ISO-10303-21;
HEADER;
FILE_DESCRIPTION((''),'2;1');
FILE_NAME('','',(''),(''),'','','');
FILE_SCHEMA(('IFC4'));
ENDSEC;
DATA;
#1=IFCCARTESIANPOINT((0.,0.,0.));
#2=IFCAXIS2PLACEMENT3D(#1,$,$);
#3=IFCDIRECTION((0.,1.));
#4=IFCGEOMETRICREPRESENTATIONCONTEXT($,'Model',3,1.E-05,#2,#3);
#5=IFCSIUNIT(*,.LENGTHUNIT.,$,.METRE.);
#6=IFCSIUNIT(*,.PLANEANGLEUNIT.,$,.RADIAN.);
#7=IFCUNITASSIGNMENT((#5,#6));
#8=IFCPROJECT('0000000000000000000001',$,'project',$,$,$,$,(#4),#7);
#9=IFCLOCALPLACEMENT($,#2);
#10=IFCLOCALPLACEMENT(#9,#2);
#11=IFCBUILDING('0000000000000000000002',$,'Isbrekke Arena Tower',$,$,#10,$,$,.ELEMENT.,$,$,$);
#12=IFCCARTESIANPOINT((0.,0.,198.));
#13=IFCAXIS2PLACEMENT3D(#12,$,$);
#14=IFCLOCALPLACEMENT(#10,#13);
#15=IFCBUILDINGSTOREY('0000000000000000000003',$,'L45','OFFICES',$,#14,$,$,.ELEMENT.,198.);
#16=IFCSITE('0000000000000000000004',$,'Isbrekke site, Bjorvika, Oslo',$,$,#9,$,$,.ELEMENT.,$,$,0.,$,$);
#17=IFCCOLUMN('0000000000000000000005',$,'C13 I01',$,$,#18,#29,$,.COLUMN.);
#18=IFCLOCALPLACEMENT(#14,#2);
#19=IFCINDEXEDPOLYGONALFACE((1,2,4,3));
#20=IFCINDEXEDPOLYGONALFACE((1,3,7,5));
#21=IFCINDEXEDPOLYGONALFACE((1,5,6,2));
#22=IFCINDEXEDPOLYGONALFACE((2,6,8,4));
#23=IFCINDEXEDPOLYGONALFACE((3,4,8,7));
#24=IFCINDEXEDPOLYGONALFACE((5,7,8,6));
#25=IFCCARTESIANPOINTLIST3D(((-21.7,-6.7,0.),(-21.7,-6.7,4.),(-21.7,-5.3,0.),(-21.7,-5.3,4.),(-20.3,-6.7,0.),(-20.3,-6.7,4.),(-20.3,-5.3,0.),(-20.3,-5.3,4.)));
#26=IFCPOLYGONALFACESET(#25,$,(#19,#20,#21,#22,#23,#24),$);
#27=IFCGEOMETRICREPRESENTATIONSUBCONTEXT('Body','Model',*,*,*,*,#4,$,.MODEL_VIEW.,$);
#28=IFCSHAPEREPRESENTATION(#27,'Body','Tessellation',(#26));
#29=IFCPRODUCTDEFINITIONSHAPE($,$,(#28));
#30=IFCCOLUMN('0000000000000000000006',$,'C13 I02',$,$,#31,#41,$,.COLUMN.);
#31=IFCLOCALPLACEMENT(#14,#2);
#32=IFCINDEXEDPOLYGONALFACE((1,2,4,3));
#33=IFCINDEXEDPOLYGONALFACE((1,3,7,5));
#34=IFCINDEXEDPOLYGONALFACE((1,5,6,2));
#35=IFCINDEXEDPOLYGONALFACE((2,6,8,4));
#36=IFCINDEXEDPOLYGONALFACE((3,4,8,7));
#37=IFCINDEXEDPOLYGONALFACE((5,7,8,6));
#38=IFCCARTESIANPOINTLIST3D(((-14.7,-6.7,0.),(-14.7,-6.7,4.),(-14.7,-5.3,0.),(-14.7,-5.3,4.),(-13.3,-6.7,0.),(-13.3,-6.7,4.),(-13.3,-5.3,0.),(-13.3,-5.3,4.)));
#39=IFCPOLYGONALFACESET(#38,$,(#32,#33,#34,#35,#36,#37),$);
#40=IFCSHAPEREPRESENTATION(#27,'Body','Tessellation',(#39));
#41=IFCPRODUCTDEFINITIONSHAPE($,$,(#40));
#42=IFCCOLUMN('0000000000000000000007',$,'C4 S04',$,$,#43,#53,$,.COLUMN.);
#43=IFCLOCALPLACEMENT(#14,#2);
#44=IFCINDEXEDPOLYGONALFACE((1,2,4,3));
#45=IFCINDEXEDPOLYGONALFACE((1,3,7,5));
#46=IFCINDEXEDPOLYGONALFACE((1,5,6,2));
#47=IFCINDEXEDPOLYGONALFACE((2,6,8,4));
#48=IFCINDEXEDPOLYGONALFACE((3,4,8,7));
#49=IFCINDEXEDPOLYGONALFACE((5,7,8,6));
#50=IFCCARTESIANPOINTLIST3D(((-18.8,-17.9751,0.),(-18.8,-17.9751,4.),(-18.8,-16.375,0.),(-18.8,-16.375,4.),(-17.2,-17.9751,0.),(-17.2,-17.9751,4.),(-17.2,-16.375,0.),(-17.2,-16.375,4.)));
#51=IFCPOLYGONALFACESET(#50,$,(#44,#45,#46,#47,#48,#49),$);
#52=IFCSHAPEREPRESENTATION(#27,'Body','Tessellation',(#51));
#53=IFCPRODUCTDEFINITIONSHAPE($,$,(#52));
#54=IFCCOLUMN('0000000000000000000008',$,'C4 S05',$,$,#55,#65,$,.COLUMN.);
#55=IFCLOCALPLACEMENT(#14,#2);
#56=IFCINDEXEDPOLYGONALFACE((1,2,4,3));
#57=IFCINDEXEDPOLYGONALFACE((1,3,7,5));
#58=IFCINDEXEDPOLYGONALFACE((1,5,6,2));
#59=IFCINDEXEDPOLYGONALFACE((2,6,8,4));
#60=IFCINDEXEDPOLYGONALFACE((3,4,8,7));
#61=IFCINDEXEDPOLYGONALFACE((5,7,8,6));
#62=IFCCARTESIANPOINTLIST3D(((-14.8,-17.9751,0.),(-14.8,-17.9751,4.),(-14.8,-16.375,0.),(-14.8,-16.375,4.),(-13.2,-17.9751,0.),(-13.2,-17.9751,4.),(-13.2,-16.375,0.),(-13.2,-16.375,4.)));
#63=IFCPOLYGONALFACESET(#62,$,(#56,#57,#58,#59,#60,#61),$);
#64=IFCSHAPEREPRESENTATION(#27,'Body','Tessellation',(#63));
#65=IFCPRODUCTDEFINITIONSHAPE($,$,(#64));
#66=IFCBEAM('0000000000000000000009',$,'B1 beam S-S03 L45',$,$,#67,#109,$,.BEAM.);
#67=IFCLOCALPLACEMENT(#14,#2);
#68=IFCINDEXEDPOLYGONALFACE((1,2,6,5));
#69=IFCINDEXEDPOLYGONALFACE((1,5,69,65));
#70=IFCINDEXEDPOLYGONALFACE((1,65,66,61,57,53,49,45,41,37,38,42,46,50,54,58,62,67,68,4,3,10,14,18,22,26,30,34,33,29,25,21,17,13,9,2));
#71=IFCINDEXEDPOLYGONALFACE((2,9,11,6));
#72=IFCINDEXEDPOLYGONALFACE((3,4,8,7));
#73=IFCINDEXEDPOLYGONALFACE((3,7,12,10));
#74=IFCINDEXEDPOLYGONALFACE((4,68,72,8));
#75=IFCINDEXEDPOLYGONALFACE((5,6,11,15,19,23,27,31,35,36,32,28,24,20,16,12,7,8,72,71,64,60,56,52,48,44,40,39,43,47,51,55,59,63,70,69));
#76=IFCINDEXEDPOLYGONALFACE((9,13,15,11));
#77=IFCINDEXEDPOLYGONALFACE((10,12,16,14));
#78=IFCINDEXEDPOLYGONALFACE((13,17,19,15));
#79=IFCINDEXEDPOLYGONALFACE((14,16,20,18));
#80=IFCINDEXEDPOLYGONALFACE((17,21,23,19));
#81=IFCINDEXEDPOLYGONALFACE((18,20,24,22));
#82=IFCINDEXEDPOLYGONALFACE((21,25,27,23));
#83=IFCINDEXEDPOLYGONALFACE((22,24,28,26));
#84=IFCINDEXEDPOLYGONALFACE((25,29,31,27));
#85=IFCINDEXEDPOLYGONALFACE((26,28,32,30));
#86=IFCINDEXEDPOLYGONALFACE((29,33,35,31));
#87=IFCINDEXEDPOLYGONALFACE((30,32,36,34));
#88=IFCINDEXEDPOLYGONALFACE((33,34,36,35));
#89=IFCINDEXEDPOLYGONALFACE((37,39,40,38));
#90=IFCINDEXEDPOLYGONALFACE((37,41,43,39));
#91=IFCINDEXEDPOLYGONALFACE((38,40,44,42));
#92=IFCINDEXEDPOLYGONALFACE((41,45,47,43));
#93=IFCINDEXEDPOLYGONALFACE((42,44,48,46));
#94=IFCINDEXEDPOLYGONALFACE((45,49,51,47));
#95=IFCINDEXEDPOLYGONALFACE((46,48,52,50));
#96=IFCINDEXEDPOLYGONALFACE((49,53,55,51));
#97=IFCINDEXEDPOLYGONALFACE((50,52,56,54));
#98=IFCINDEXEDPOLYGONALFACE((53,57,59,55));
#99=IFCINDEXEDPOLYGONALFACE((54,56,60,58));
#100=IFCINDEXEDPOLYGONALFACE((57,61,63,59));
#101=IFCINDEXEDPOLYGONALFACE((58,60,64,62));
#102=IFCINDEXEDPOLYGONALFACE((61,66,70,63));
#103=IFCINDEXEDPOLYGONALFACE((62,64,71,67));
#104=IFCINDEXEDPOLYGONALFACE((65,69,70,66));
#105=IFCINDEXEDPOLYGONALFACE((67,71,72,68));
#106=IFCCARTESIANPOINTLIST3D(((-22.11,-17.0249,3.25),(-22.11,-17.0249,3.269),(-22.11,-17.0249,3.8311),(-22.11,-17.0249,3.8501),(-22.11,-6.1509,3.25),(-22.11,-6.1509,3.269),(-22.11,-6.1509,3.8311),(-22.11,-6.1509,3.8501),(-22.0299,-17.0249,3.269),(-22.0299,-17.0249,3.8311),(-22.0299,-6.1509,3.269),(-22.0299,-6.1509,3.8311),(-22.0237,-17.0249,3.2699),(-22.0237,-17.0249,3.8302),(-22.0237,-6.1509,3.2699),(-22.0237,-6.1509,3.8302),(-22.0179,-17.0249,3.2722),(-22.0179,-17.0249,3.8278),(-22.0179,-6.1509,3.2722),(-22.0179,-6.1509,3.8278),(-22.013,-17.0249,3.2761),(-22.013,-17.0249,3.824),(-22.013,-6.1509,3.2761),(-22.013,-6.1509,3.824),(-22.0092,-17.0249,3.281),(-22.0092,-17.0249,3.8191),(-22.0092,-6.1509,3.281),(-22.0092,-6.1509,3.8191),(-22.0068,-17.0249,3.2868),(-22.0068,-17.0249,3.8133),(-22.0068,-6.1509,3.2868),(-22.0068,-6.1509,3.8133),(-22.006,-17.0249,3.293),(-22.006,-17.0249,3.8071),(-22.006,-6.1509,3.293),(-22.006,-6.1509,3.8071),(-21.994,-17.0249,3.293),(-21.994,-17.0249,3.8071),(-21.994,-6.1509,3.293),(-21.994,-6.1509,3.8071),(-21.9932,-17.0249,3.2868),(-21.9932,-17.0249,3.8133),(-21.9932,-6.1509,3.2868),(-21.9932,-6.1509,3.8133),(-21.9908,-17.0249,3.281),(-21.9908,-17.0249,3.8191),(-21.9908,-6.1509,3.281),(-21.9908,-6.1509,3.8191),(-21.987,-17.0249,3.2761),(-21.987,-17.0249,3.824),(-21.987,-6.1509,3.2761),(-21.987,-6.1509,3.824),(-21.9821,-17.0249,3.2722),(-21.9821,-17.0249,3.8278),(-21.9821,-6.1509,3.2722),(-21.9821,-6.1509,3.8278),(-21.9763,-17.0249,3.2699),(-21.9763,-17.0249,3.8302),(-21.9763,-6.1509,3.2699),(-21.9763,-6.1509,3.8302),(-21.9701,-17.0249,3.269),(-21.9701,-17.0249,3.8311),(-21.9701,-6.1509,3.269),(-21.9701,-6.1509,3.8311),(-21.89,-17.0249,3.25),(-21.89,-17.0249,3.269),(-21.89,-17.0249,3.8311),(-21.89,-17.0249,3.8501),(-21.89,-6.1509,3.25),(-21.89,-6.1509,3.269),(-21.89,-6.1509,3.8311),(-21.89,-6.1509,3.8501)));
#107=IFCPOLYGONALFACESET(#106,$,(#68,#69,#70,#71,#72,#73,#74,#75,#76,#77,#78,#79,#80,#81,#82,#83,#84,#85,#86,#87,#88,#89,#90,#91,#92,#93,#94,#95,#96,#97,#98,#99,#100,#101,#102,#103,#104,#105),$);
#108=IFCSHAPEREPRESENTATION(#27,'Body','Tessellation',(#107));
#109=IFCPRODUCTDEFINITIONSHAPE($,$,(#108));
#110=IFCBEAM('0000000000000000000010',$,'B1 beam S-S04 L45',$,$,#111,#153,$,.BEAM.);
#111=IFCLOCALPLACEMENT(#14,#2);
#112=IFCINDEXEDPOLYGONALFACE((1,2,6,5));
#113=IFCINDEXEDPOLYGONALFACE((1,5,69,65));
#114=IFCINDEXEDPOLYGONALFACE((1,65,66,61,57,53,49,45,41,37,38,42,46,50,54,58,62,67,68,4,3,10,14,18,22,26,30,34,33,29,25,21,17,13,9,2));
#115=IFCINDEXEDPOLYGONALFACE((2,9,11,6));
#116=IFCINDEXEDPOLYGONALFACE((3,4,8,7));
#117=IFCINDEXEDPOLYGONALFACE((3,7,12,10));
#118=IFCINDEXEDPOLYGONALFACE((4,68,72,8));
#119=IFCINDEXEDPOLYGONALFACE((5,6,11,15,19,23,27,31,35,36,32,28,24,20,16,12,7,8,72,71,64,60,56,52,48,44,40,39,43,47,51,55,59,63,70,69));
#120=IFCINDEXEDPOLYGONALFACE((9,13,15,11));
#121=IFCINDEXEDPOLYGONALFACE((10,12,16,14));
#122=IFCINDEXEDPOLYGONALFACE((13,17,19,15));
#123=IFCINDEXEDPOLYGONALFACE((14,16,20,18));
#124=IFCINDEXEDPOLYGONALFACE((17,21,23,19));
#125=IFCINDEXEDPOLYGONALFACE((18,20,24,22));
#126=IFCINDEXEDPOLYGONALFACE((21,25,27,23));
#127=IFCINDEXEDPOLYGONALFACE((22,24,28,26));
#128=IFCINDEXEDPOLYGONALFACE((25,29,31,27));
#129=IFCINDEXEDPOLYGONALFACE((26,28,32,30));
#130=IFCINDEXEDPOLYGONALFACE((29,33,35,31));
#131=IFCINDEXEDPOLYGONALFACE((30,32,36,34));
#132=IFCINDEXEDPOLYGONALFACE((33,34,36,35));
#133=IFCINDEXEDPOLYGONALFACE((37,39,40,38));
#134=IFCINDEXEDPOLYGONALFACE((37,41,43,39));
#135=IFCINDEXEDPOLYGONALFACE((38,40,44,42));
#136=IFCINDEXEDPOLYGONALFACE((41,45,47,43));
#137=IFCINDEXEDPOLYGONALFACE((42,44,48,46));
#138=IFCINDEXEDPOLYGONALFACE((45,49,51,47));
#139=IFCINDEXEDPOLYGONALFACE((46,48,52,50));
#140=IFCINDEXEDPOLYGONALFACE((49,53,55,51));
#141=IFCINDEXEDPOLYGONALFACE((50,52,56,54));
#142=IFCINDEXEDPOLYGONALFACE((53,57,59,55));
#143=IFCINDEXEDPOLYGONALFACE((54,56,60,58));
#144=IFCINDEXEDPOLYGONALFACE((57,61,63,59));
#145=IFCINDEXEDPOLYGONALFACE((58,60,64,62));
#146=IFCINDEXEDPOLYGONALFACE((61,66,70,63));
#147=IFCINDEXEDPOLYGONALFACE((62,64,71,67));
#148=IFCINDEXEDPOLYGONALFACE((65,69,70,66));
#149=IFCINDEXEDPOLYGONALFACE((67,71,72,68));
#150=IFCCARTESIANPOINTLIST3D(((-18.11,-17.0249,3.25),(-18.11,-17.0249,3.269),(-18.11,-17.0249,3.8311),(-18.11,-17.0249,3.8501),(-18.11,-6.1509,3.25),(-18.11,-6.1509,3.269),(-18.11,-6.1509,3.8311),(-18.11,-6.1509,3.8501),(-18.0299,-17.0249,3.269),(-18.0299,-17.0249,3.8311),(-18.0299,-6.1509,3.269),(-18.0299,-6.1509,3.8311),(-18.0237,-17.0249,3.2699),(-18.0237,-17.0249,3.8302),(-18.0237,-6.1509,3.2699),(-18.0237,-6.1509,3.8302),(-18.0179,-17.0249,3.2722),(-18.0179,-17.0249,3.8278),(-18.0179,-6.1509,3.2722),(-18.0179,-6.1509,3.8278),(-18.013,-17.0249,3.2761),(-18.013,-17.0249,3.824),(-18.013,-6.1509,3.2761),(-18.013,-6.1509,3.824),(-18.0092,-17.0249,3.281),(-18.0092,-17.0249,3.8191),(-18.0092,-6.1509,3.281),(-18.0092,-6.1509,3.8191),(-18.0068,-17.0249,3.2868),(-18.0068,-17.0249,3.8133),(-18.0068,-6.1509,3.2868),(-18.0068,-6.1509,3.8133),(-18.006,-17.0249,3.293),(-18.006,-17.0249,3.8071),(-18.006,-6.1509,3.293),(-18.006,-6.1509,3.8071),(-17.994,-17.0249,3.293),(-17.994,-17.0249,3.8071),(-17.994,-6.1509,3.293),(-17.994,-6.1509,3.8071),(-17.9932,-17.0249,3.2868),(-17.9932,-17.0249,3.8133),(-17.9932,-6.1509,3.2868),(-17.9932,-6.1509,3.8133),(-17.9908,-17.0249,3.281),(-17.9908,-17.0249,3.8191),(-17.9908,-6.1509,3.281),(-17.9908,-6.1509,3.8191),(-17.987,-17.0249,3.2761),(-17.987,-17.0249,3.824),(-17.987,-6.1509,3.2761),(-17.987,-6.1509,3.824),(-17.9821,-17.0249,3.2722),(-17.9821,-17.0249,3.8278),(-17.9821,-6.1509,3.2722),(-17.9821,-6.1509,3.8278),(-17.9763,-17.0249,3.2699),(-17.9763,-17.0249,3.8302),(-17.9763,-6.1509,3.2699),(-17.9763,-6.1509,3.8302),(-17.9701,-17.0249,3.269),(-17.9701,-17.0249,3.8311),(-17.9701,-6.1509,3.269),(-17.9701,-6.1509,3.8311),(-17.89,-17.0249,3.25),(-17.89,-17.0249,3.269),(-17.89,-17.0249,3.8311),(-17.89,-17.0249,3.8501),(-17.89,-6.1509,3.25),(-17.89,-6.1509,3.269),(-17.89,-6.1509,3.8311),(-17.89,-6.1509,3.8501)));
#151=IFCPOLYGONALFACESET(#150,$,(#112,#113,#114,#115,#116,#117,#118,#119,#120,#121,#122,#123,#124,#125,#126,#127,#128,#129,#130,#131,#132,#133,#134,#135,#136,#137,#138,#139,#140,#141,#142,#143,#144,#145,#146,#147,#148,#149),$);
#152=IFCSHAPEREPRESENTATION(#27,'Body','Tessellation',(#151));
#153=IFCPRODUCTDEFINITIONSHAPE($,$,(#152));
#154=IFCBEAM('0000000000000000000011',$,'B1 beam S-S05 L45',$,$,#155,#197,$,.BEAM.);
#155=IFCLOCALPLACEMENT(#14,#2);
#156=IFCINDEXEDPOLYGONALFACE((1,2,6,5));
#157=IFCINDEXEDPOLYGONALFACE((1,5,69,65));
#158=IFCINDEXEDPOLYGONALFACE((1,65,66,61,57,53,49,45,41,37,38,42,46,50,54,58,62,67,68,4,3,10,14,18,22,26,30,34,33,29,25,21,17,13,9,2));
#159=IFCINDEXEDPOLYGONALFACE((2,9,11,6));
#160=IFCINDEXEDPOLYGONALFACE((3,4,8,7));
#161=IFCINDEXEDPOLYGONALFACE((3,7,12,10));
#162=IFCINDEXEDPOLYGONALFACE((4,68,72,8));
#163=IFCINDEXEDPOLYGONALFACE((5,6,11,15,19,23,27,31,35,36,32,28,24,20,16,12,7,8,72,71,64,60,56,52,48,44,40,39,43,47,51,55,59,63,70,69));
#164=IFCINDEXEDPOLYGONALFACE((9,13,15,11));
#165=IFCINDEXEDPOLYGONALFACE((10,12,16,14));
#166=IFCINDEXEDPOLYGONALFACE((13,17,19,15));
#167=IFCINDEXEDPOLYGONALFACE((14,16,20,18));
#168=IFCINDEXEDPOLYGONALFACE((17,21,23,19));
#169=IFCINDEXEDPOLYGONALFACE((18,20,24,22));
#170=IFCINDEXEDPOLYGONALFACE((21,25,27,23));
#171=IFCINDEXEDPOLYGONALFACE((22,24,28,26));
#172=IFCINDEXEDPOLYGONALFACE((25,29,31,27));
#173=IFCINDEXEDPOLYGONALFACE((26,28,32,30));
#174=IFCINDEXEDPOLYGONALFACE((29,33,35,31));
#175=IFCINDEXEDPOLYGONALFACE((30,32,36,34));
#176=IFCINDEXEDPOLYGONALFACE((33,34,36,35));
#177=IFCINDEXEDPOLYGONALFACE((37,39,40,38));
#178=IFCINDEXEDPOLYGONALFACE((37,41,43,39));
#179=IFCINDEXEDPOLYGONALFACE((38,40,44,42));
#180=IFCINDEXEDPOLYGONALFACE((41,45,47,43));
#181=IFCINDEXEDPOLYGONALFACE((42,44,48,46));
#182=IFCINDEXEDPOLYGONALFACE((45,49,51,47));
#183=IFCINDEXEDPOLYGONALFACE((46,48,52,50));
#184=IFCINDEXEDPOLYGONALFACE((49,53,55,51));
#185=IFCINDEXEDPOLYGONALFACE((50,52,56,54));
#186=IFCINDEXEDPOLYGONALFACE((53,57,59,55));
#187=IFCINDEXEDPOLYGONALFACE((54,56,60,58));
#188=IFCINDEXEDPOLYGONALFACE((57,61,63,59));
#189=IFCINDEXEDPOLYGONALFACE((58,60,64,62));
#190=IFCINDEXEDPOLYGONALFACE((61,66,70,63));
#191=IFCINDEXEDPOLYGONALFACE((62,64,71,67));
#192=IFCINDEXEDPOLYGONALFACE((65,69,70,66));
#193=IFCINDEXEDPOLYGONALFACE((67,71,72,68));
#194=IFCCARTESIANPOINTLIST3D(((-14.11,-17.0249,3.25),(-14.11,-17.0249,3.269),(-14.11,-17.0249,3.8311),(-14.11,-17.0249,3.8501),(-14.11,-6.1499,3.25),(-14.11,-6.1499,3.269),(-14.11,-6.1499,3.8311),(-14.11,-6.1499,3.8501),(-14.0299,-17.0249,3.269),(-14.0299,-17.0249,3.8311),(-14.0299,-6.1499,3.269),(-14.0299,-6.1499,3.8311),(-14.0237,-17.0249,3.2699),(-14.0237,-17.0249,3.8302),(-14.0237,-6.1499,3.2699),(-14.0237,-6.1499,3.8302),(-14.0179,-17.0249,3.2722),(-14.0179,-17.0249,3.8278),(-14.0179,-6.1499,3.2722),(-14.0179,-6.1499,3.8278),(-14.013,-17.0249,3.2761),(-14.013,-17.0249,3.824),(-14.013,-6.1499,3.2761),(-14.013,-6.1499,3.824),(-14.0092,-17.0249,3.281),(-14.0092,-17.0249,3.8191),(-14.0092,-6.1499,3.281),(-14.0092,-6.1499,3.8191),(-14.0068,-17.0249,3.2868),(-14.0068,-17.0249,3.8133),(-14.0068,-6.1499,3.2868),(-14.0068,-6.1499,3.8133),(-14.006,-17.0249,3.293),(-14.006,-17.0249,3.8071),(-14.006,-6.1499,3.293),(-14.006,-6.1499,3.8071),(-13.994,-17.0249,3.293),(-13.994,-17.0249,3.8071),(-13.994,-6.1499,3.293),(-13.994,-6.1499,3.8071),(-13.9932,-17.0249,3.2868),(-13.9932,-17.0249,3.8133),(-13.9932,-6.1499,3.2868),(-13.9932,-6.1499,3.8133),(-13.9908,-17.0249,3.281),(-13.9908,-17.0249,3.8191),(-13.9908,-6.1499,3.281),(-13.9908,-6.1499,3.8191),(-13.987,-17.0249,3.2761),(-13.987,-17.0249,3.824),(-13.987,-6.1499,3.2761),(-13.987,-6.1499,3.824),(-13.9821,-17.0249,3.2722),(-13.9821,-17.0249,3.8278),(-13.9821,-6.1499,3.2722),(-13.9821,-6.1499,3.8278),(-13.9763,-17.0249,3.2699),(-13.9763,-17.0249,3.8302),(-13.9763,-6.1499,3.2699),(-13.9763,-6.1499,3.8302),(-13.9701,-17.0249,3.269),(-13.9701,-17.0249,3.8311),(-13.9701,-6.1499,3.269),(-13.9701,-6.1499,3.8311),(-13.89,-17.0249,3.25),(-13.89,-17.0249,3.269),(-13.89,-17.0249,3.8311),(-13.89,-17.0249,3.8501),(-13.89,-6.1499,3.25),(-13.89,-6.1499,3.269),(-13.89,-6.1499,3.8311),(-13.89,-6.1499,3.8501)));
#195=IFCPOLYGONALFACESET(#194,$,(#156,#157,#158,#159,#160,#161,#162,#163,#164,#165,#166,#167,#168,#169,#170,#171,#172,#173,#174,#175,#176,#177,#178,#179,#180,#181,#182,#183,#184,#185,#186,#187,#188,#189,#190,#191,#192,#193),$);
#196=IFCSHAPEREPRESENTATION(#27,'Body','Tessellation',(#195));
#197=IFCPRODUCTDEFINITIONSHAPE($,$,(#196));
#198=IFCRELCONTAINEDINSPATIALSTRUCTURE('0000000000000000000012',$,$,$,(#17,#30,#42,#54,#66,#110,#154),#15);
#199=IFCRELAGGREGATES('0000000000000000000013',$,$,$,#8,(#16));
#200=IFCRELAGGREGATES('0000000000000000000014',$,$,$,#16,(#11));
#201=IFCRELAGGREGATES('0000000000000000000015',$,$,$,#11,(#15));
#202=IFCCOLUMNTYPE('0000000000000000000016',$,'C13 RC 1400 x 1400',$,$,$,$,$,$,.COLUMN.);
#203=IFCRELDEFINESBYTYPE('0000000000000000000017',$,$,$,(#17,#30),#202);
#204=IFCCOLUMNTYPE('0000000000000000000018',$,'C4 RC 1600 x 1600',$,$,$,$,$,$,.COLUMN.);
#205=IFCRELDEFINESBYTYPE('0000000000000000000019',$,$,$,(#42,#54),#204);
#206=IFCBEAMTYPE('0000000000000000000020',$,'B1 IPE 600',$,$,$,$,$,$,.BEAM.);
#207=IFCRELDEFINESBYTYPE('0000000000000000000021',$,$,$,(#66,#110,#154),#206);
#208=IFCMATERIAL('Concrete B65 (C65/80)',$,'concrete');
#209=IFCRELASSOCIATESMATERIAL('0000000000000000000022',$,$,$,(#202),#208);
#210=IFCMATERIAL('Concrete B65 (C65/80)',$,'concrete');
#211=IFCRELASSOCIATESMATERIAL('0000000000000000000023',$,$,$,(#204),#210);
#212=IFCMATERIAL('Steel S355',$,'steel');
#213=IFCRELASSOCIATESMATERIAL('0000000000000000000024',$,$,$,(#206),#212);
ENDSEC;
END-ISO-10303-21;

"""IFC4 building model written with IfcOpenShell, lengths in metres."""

from ifc_helpers import new_model, si_unit, direction, frame, origin, origin_2d, place, context, subcontext, project, spatial, rectangle, i_section, extrude, material, material_profile, profile_set, type_object, element, save


model = new_model("IFC4")

# Units and contexts
model_context = context("Model", 3, precision=1e-05, world=origin(), true_north=direction((0.0, 1.0)))
body_context = subcontext(model_context, "Body", "Model", "MODEL_VIEW")
ifc_project = project(units=[si_unit("LENGTHUNIT", "METRE"), si_unit("PLANEANGLEUNIT", "RADIAN")], contexts=[model_context])

# Site, building, storey
site_placement = place(None, origin())
site = spatial("IfcSite", under=ifc_project, at=site_placement, Name="Isbrekke site, Bjorvika, Oslo", CompositionType="ELEMENT", RefElevation=0.0)
building_placement = place(site_placement, origin())
building = spatial("IfcBuilding", under=site, at=building_placement, Name="Isbrekke Arena Tower", CompositionType="ELEMENT")
storey_placement = place(building_placement, frame((0.0, 0.0, 198.0)))
storey = spatial("IfcBuildingStorey", under=building, at=storey_placement, Name="L45", Description="OFFICES", CompositionType="ELEMENT", Elevation=198.0)

# Columns
ifc_material_1 = material(Name="Concrete B65 (C65/80)", Category="concrete")
ifc_material_profile_1 = material_profile(ifc_material_1, rectangle(XDim=1.3999, YDim=1.3999, at=origin_2d()), Name="RC 1400x1400")
ifc_profile_set_1 = profile_set([ifc_material_profile_1], Name="Concrete B65 (C65/80)")
column_type_1 = type_object("IfcColumnType", Name="C13 RC 1400 x 1400", PredefinedType="COLUMN", material=ifc_profile_set_1)
for number, where, z_axis, x_axis, name in (
    (1, (-21.0, -6.0, 0.0), (0.0, 0.0, 1.0), (1.0, 0.0, 0.0), "C13 I01"),
    (2, (-14.0, -6.0, 0.0), (0.0, 0.0, 1.0), (1.0, 0.0, 0.0), "C13 I02"),
):
    element("IfcColumn", number, at=place(storey_placement, frame(where, z_axis=z_axis, x_axis=x_axis)), inside=storey, type_object=column_type_1, Name=name, PredefinedType="COLUMN", context=body_context, shape_type="SweptSolid", body=[
        extrude(rectangle(XDim=1.3999, YDim=1.3999, at=origin_2d()), origin(), (0.0, 0.0, 1.0), 4.0),
    ])
ifc_material_2 = material(Name="Concrete B65 (C65/80)", Category="concrete")
ifc_material_profile_2 = material_profile(ifc_material_2, rectangle(XDim=1.6001, YDim=1.6001, at=origin_2d()), Name="RC 1600x1600")
ifc_profile_set_2 = profile_set([ifc_material_profile_2], Name="Concrete B65 (C65/80)")
column_type_2 = type_object("IfcColumnType", Name="C4 RC 1600 x 1600", PredefinedType="COLUMN", material=ifc_profile_set_2)
for number, where, z_axis, x_axis, name in (
    (3, (-18.0, -17.175, 0.0), (0.0, 0.0, 1.0), (1.0, 0.0, 0.0), "C4 S04"),
    (4, (-14.0, -17.175, 0.0), (0.0, 0.0, 1.0), (1.0, 0.0, 0.0), "C4 S05"),
):
    element("IfcColumn", number, at=place(storey_placement, frame(where, z_axis=z_axis, x_axis=x_axis)), inside=storey, type_object=column_type_2, Name=name, PredefinedType="COLUMN", context=body_context, shape_type="SweptSolid", body=[
        extrude(rectangle(XDim=1.6001, YDim=1.6001, at=origin_2d()), origin(), (0.0, 0.0, 1.0), 4.0),
    ])

# Beams
ifc_material_3 = material(Name="Steel S355", Category="steel")
ifc_material_profile_3 = material_profile(ifc_material_3, i_section(OverallWidth=0.22, OverallDepth=0.6001, WebThickness=0.012, FlangeThickness=0.019, FilletRadius=0.0239, at=origin_2d()), Name="IPE 600")
ifc_profile_set_3 = profile_set([ifc_material_profile_3], Name="Steel S355")
beam_type_1 = type_object("IfcBeamType", Name="B1 IPE 600", PredefinedType="BEAM", material=ifc_profile_set_3)
for number, where, z_axis, x_axis, name in (
    (5, (-22.0, -17.0249, 3.55), (0.0, 1.0, 0.0), (-1.0, 0.0, 0.0), "B1 beam S-S03 L45"),
    (6, (-18.0, -17.0249, 3.55), (0.0, 1.0, 0.0), (-1.0, 0.0, 0.0), "B1 beam S-S04 L45"),
):
    element("IfcBeam", number, at=place(storey_placement, frame(where, z_axis=z_axis, x_axis=x_axis)), inside=storey, type_object=beam_type_1, Name=name, PredefinedType="BEAM", context=body_context, shape_type="SweptSolid", body=[
        extrude(i_section(OverallWidth=0.22, OverallDepth=0.6001, WebThickness=0.012, FlangeThickness=0.019, FilletRadius=0.0239, at=origin_2d()), origin(), (0.0, 0.0, 1.0), 10.874),
    ])
beam_1_placement = place(storey_placement, frame((-14.0, -17.0249, 3.55), z_axis=(0.0, 1.0, 0.0), x_axis=(-1.0, 0.0, 0.0)))
element("IfcBeam", 7, at=beam_1_placement, inside=storey, type_object=beam_type_1, Name="B1 beam S-S05 L45", PredefinedType="BEAM", context=body_context, shape_type="SweptSolid", body=[
    extrude(i_section(OverallWidth=0.22, OverallDepth=0.6001, WebThickness=0.012, FlangeThickness=0.019, FilletRadius=0.0239, at=origin_2d()), origin(), (0.0, 0.0, 1.0), 10.875),
])

save(model, "model.ifc")
